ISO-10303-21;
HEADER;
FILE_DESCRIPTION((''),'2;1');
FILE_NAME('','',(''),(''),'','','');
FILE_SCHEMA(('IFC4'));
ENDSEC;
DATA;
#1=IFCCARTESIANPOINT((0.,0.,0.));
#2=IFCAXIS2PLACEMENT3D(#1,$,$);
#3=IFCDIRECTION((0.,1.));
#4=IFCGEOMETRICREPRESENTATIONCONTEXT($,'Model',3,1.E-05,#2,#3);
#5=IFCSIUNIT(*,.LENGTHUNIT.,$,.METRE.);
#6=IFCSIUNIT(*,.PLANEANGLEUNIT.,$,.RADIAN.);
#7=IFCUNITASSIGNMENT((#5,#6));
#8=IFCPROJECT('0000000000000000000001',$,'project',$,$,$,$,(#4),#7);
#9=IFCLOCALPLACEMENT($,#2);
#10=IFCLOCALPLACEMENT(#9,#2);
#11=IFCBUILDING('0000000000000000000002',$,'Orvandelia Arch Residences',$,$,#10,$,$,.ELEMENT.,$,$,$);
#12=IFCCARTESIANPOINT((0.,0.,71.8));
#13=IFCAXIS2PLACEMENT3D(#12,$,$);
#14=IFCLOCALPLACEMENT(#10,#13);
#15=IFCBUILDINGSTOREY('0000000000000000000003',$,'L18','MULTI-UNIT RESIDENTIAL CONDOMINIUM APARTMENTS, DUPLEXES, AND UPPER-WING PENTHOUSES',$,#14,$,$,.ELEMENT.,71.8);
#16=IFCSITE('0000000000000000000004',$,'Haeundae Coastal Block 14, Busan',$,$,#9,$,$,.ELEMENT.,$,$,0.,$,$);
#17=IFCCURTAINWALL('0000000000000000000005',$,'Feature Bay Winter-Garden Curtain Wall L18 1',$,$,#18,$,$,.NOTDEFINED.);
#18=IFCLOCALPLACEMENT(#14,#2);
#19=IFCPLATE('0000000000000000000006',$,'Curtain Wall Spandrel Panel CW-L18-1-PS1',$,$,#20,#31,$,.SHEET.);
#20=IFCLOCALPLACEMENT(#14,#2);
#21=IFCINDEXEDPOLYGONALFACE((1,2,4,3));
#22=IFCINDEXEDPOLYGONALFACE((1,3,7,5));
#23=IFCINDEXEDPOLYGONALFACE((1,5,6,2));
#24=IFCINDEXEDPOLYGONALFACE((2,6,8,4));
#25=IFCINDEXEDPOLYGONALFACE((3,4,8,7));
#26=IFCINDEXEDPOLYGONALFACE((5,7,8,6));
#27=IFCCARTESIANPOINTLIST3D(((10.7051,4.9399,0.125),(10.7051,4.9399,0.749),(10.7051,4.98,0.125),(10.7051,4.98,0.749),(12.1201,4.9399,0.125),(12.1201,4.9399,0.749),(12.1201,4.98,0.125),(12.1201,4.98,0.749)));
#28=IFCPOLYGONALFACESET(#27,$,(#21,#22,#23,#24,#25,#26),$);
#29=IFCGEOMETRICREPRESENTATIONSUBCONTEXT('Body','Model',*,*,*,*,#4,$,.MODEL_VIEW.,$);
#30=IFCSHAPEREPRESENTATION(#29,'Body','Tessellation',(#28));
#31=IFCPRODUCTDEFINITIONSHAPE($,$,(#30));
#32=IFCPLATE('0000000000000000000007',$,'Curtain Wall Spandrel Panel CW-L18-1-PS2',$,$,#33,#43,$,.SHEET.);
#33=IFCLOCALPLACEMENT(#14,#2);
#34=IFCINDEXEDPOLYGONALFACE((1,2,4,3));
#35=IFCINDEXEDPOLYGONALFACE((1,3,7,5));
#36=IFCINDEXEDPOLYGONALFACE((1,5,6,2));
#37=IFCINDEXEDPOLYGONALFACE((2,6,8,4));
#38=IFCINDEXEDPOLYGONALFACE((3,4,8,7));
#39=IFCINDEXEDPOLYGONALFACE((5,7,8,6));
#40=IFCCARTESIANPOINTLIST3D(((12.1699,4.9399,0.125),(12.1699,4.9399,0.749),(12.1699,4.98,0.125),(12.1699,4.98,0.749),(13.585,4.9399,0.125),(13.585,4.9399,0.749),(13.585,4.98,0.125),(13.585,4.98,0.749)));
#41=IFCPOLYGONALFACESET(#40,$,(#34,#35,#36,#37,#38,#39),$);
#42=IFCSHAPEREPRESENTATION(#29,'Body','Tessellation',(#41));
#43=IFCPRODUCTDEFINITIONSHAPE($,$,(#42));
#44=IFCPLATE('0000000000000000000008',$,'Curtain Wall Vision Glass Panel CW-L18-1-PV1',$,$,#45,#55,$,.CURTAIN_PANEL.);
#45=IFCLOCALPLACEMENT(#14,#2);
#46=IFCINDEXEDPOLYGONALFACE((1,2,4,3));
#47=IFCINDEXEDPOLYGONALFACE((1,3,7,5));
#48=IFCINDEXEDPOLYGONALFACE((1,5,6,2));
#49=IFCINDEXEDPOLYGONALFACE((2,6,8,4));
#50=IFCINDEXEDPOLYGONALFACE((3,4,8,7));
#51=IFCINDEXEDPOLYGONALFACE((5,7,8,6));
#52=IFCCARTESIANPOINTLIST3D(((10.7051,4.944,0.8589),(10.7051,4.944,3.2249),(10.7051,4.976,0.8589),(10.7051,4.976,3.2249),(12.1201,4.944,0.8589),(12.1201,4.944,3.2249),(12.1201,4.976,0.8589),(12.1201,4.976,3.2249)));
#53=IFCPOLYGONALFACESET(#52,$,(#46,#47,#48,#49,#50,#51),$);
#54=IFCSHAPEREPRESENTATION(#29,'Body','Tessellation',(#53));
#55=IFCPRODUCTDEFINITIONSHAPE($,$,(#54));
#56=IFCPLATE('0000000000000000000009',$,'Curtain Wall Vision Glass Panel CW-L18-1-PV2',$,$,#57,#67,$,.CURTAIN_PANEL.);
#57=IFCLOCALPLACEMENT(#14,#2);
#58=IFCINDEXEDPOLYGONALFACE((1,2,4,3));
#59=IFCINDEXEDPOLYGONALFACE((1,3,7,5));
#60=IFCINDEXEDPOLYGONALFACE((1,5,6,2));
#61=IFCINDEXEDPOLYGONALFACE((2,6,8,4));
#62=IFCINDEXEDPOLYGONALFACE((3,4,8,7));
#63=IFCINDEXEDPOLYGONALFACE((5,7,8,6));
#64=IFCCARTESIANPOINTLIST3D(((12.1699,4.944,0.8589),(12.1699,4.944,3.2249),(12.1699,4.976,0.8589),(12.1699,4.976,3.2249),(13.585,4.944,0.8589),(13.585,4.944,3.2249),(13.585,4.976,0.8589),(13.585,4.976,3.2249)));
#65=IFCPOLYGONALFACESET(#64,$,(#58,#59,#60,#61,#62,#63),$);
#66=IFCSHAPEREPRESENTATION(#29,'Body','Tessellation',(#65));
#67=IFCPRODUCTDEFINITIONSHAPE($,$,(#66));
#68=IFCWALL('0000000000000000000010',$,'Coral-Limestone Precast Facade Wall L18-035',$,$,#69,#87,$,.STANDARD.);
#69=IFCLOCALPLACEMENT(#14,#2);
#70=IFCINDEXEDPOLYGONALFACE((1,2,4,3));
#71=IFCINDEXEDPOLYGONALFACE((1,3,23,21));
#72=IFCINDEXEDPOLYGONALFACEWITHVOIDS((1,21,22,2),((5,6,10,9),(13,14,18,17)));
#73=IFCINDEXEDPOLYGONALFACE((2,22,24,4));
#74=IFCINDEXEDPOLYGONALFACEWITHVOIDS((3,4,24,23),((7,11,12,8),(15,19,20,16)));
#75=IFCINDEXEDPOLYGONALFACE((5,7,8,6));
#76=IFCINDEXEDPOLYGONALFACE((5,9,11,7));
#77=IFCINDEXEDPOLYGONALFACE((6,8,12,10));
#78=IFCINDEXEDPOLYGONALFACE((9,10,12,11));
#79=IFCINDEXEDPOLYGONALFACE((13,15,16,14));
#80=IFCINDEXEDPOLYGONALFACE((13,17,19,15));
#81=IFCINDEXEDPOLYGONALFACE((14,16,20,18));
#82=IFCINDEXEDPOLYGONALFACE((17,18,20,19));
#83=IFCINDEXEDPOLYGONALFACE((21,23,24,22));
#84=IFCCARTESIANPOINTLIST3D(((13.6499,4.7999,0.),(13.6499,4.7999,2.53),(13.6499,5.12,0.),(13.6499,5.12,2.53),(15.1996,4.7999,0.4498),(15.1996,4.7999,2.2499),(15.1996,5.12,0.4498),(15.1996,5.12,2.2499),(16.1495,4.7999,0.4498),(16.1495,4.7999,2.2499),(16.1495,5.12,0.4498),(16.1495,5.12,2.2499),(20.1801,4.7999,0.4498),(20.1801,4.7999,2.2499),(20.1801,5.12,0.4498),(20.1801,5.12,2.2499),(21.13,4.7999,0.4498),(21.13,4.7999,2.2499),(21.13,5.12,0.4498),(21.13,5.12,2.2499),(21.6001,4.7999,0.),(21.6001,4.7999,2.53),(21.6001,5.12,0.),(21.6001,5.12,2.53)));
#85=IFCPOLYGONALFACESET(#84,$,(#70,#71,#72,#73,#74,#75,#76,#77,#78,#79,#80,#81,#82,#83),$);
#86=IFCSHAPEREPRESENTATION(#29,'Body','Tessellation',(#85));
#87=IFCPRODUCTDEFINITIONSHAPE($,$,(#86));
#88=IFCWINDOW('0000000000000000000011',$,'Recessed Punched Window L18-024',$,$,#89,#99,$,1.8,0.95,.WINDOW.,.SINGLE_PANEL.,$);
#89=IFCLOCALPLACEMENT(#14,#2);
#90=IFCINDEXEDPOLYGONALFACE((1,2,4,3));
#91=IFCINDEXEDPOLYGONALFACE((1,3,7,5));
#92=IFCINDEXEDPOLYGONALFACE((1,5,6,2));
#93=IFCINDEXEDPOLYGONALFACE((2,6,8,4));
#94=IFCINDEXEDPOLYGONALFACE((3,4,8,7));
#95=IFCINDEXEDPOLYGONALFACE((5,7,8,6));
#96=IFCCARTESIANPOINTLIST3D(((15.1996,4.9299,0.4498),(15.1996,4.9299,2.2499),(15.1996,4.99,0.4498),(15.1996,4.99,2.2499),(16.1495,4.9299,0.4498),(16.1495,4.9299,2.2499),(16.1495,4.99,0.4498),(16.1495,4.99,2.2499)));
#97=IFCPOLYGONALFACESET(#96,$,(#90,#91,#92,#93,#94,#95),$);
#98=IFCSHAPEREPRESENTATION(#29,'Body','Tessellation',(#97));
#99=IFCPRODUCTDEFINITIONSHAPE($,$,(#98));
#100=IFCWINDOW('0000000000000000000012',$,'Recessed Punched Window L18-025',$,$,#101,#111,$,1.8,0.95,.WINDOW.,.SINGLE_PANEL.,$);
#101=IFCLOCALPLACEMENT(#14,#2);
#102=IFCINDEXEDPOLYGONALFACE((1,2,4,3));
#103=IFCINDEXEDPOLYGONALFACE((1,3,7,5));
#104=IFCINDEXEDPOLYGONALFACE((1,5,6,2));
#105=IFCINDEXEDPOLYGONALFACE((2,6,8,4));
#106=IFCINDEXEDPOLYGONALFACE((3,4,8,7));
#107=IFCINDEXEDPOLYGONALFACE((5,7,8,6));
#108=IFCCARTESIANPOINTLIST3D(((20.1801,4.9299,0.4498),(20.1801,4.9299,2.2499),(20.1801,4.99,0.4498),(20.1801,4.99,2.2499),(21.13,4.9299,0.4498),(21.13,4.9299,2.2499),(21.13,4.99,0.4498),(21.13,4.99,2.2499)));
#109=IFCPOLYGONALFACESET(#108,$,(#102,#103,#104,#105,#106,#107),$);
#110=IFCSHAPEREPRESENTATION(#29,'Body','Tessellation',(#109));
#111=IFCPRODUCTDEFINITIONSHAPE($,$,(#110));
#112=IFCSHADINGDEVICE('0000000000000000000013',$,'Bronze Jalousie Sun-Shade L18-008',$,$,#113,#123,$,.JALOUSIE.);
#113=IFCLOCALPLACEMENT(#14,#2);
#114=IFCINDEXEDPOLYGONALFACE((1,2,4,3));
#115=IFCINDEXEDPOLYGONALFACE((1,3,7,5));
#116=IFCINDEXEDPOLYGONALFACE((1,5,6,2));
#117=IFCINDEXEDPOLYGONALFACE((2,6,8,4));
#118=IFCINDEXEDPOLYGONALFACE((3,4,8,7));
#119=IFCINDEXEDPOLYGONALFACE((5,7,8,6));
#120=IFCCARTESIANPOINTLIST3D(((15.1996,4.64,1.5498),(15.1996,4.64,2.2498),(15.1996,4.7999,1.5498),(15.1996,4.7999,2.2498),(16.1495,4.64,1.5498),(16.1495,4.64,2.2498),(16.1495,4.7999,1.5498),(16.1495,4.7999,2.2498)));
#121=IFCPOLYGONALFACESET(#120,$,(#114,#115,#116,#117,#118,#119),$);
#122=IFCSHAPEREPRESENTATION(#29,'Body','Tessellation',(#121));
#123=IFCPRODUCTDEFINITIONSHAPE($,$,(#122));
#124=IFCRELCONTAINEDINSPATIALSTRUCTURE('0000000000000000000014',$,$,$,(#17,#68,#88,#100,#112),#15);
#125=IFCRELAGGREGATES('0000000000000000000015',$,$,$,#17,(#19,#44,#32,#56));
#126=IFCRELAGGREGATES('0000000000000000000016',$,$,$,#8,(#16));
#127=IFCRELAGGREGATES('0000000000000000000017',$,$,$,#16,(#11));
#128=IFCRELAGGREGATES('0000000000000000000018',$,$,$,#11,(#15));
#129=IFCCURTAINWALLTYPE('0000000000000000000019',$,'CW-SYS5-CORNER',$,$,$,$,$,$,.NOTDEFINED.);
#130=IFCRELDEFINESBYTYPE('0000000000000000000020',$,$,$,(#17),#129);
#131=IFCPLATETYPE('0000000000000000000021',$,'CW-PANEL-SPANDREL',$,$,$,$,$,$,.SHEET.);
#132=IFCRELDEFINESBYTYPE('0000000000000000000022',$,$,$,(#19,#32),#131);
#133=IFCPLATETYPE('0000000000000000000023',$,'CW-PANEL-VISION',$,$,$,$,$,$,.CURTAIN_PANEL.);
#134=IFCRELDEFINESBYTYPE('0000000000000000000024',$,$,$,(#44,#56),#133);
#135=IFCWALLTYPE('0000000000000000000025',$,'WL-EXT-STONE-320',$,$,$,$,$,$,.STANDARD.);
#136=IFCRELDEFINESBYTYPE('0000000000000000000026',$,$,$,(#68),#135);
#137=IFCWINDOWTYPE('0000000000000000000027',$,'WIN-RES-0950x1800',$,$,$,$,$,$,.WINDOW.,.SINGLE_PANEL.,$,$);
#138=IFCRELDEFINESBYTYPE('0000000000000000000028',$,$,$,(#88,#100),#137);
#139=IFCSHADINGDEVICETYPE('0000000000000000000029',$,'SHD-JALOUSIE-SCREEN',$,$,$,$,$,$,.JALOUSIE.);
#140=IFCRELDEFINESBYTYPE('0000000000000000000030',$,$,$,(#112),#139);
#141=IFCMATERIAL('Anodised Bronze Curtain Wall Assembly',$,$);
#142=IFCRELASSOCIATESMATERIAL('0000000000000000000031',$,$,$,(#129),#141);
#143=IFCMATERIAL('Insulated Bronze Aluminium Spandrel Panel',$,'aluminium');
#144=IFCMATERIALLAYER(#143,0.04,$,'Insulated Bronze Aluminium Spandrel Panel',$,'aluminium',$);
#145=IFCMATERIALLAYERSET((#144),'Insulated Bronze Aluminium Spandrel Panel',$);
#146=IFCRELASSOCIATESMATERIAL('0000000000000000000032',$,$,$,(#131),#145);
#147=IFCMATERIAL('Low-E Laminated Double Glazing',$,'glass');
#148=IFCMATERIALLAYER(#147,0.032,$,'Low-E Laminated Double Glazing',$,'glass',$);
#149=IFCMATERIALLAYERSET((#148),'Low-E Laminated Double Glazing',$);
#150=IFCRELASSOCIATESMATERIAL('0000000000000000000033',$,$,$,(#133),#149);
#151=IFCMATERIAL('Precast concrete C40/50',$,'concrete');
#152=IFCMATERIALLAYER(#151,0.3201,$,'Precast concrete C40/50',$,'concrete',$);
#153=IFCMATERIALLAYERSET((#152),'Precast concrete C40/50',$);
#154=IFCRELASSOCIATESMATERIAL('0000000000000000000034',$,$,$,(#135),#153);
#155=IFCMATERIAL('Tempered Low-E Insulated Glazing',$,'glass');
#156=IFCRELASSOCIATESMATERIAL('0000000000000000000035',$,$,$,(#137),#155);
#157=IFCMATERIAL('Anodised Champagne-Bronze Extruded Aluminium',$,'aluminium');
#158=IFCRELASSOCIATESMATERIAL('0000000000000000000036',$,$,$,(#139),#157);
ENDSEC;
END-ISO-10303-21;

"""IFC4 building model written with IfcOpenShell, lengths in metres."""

from ifc_helpers import new_model, si_unit, direction, frame, frame_2d, origin, origin_2d, place, context, subcontext, project, spatial, rectangle, extrude, material, layer, layer_set, type_object, element, fill, aggregate, save


model = new_model("IFC4")

# Units and contexts
model_context = context("Model", 3, precision=1e-05, world=origin(), true_north=direction((0.0, 1.0)))
body_context = subcontext(model_context, "Body", "Model", "MODEL_VIEW")
ifc_project = project(units=[si_unit("LENGTHUNIT", "METRE"), si_unit("PLANEANGLEUNIT", "RADIAN")], contexts=[model_context])

# Site, building, storey
site_placement = place(None, origin())
site = spatial("IfcSite", under=ifc_project, at=site_placement, Name="Haeundae Coastal Block 14, Busan", CompositionType="ELEMENT", RefElevation=0.0)
building_placement = place(site_placement, origin())
building = spatial("IfcBuilding", under=site, at=building_placement, Name="Orvandelia Arch Residences", CompositionType="ELEMENT")
storey_placement = place(building_placement, frame((0.0, 0.0, 71.8)))
storey = spatial("IfcBuildingStorey", under=building, at=storey_placement, Name="L18", Description="MULTI-UNIT RESIDENTIAL CONDOMINIUM APARTMENTS, DUPLEXES, AND UPPER-WING PENTHOUSES", CompositionType="ELEMENT", Elevation=71.8)

# Curtain wall, plates
ifc_material_1 = material(Name="Anodised Bronze Curtain Wall Assembly")
curtain_wall_type = type_object("IfcCurtainWallType", Name="CW-SYS5-CORNER", PredefinedType="NOTDEFINED", material=ifc_material_1)
curtain_wall_placement = place(storey_placement, origin())
curtain_wall = element("IfcCurtainWall", 1, at=curtain_wall_placement, inside=storey, type_object=curtain_wall_type, Name="Feature Bay Winter-Garden Curtain Wall L18 1", PredefinedType="NOTDEFINED")
ifc_material_2 = material(Name="Insulated Bronze Aluminium Spandrel Panel", Category="aluminium")
ifc_layer_1 = layer(ifc_material_2, 0.04, Name="Insulated Bronze Aluminium Spandrel Panel", Category="aluminium")
ifc_layer_set_1 = layer_set([ifc_layer_1], Name="Insulated Bronze Aluminium Spandrel Panel")
plate_type_1 = type_object("IfcPlateType", Name="CW-PANEL-SPANDREL", PredefinedType="SHEET", material=ifc_layer_set_1)
plate_1_placement = place(storey_placement, frame((11.4126, 4.96, 0.125), z_axis=(0.0, 0.0, 1.0), x_axis=(1.0, 0.0, 0.0)))
plate_1 = element("IfcPlate", 2, at=plate_1_placement, type_object=plate_type_1, Name="Curtain Wall Spandrel Panel CW-L18-1-PS1", PredefinedType="SHEET", context=body_context, shape_type="SweptSolid", body=[
    extrude(rectangle(XDim=1.415, YDim=0.04, at=origin_2d()), origin(), (0.0, 0.0, 1.0), 0.624),
])
plate_2_placement = place(storey_placement, frame((12.8774, 4.96, 0.125), z_axis=(0.0, 0.0, 1.0), x_axis=(1.0, 0.0, 0.0)))
plate_2 = element("IfcPlate", 3, at=plate_2_placement, type_object=plate_type_1, Name="Curtain Wall Spandrel Panel CW-L18-1-PS2", PredefinedType="SHEET", context=body_context, shape_type="SweptSolid", body=[
    extrude(rectangle(XDim=1.415, YDim=0.04, at=origin_2d()), origin(), (0.0, 0.0, 1.0), 0.624),
])
ifc_material_3 = material(Name="Low-E Laminated Double Glazing", Category="glass")
ifc_layer_2 = layer(ifc_material_3, 0.032, Name="Low-E Laminated Double Glazing", Category="glass")
ifc_layer_set_2 = layer_set([ifc_layer_2], Name="Low-E Laminated Double Glazing")
plate_type_2 = type_object("IfcPlateType", Name="CW-PANEL-VISION", PredefinedType="CURTAIN_PANEL", material=ifc_layer_set_2)
plate_3_placement = place(storey_placement, frame((11.4126, 4.96, 0.8589), z_axis=(0.0, 0.0, 1.0), x_axis=(1.0, 0.0, 0.0)))
plate_3 = element("IfcPlate", 4, at=plate_3_placement, type_object=plate_type_2, Name="Curtain Wall Vision Glass Panel CW-L18-1-PV1", PredefinedType="CURTAIN_PANEL", context=body_context, shape_type="SweptSolid", body=[
    extrude(rectangle(XDim=1.415, YDim=0.032, at=origin_2d()), origin(), (0.0, 0.0, 1.0), 2.366),
])
plate_4_placement = place(storey_placement, frame((12.8774, 4.96, 0.8589), z_axis=(0.0, 0.0, 1.0), x_axis=(1.0, 0.0, 0.0)))
plate_4 = element("IfcPlate", 5, at=plate_4_placement, type_object=plate_type_2, Name="Curtain Wall Vision Glass Panel CW-L18-1-PV2", PredefinedType="CURTAIN_PANEL", context=body_context, shape_type="SweptSolid", body=[
    extrude(rectangle(XDim=1.415, YDim=0.032, at=origin_2d()), origin(), (0.0, 0.0, 1.0), 2.366),
])
aggregate(curtain_wall, [plate_1, plate_3, plate_2, plate_4])

# Wall, openings, windows
ifc_material_4 = material(Name="Precast concrete C40/50", Category="concrete")
ifc_layer_3 = layer(ifc_material_4, 0.3201, Name="Precast concrete C40/50", Category="concrete")
ifc_layer_set_3 = layer_set([ifc_layer_3], Name="Precast concrete C40/50")
wall_type_1 = type_object("IfcWallType", Name="WL-EXT-STONE-320", PredefinedType="STANDARD", material=ifc_layer_set_3)
wall_1_placement = place(storey_placement, frame((21.6001, 4.96, 0.0), z_axis=(0.0, 0.0, 1.0), x_axis=(-1.0, 0.0, 0.0)))
wall_1 = element("IfcWall", 6, at=wall_1_placement, inside=storey, type_object=wall_type_1, Name="Coral-Limestone Precast Facade Wall L18-035", PredefinedType="STANDARD", context=body_context, shape_type="SweptSolid", body=[
    extrude(rectangle(XDim=7.9502, YDim=0.3201, at=frame_2d((3.9751, 0.0))), origin(), (0.0, 0.0, 1.0), 2.53),
])
opening_1_placement = place(wall_1_placement, frame((5.4504, 0.0, 0.45)))
opening_1 = element("IfcOpeningElement", 7, at=opening_1_placement, cuts=wall_1, PredefinedType="OPENING", context=body_context, shape_type="SweptSolid", body=[
    extrude(rectangle(XDim=0.95, YDim=1.8, at=frame_2d((0.4751, 0.8999))), frame((0.0, 0.1699, 0.0), z_axis=(0.0, -1.0, 0.0), x_axis=(1.0, 0.0, 0.0)), (0.0, 0.0, 1.0), 0.3401),
])
opening_2_placement = place(wall_1_placement, frame((0.47, 0.0, 0.45)))
opening_2 = element("IfcOpeningElement", 8, at=opening_2_placement, cuts=wall_1, PredefinedType="OPENING", context=body_context, shape_type="SweptSolid", body=[
    extrude(rectangle(XDim=0.95, YDim=1.8, at=frame_2d((0.4751, 0.8999))), frame((0.0, 0.1699, 0.0), z_axis=(0.0, -1.0, 0.0), x_axis=(1.0, 0.0, 0.0)), (0.0, 0.0, 1.0), 0.3401),
])
ifc_material_5 = material(Name="Tempered Low-E Insulated Glazing", Category="glass")
window_type = type_object("IfcWindowType", Name="WIN-RES-0950x1800", PartitioningType="SINGLE_PANEL", PredefinedType="WINDOW", material=ifc_material_5)
window_1_placement = place(opening_1_placement, origin())
window_1 = element("IfcWindow", 9, at=window_1_placement, inside=storey, type_object=window_type, Name="Recessed Punched Window L18-024", OverallHeight=1.8, OverallWidth=0.95, PartitioningType="SINGLE_PANEL", PredefinedType="WINDOW", context=body_context, shape_type="SweptSolid", body=[
    extrude(rectangle(XDim=0.95, YDim=1.8, at=frame_2d((0.4751, 0.8999))), frame((0.0, 0.03, 0.0), z_axis=(0.0, -1.0, 0.0), x_axis=(1.0, 0.0, 0.0)), (0.0, 0.0, 1.0), 0.0601),
])
fill(opening_1, window_1)
window_2_placement = place(opening_2_placement, origin())
window_2 = element("IfcWindow", 10, at=window_2_placement, inside=storey, type_object=window_type, Name="Recessed Punched Window L18-025", OverallHeight=1.8, OverallWidth=0.95, PartitioningType="SINGLE_PANEL", PredefinedType="WINDOW", context=body_context, shape_type="SweptSolid", body=[
    extrude(rectangle(XDim=0.95, YDim=1.8, at=frame_2d((0.4751, 0.8999))), frame((0.0, 0.03, 0.0), z_axis=(0.0, -1.0, 0.0), x_axis=(1.0, 0.0, 0.0)), (0.0, 0.0, 1.0), 0.0601),
])
fill(opening_2, window_2)

# Shading device
ifc_material_6 = material(Name="Anodised Champagne-Bronze Extruded Aluminium", Category="aluminium")
shading_device_type = type_object("IfcShadingDeviceType", Name="SHD-JALOUSIE-SCREEN", PredefinedType="JALOUSIE", material=ifc_material_6)
shading_device_placement = place(storey_placement, frame((15.6746, 4.72, 1.5498), z_axis=(0.0, 0.0, 1.0), x_axis=(-1.0, 0.0, 0.0)))
element("IfcShadingDevice", 11, at=shading_device_placement, inside=storey, type_object=shading_device_type, Name="Bronze Jalousie Sun-Shade L18-008", PredefinedType="JALOUSIE", context=body_context, shape_type="SweptSolid", body=[
    extrude(rectangle(XDim=0.95, YDim=0.1599, at=origin_2d()), origin(), (0.0, 0.0, 1.0), 0.7),
])

save(model, "model.ifc")
